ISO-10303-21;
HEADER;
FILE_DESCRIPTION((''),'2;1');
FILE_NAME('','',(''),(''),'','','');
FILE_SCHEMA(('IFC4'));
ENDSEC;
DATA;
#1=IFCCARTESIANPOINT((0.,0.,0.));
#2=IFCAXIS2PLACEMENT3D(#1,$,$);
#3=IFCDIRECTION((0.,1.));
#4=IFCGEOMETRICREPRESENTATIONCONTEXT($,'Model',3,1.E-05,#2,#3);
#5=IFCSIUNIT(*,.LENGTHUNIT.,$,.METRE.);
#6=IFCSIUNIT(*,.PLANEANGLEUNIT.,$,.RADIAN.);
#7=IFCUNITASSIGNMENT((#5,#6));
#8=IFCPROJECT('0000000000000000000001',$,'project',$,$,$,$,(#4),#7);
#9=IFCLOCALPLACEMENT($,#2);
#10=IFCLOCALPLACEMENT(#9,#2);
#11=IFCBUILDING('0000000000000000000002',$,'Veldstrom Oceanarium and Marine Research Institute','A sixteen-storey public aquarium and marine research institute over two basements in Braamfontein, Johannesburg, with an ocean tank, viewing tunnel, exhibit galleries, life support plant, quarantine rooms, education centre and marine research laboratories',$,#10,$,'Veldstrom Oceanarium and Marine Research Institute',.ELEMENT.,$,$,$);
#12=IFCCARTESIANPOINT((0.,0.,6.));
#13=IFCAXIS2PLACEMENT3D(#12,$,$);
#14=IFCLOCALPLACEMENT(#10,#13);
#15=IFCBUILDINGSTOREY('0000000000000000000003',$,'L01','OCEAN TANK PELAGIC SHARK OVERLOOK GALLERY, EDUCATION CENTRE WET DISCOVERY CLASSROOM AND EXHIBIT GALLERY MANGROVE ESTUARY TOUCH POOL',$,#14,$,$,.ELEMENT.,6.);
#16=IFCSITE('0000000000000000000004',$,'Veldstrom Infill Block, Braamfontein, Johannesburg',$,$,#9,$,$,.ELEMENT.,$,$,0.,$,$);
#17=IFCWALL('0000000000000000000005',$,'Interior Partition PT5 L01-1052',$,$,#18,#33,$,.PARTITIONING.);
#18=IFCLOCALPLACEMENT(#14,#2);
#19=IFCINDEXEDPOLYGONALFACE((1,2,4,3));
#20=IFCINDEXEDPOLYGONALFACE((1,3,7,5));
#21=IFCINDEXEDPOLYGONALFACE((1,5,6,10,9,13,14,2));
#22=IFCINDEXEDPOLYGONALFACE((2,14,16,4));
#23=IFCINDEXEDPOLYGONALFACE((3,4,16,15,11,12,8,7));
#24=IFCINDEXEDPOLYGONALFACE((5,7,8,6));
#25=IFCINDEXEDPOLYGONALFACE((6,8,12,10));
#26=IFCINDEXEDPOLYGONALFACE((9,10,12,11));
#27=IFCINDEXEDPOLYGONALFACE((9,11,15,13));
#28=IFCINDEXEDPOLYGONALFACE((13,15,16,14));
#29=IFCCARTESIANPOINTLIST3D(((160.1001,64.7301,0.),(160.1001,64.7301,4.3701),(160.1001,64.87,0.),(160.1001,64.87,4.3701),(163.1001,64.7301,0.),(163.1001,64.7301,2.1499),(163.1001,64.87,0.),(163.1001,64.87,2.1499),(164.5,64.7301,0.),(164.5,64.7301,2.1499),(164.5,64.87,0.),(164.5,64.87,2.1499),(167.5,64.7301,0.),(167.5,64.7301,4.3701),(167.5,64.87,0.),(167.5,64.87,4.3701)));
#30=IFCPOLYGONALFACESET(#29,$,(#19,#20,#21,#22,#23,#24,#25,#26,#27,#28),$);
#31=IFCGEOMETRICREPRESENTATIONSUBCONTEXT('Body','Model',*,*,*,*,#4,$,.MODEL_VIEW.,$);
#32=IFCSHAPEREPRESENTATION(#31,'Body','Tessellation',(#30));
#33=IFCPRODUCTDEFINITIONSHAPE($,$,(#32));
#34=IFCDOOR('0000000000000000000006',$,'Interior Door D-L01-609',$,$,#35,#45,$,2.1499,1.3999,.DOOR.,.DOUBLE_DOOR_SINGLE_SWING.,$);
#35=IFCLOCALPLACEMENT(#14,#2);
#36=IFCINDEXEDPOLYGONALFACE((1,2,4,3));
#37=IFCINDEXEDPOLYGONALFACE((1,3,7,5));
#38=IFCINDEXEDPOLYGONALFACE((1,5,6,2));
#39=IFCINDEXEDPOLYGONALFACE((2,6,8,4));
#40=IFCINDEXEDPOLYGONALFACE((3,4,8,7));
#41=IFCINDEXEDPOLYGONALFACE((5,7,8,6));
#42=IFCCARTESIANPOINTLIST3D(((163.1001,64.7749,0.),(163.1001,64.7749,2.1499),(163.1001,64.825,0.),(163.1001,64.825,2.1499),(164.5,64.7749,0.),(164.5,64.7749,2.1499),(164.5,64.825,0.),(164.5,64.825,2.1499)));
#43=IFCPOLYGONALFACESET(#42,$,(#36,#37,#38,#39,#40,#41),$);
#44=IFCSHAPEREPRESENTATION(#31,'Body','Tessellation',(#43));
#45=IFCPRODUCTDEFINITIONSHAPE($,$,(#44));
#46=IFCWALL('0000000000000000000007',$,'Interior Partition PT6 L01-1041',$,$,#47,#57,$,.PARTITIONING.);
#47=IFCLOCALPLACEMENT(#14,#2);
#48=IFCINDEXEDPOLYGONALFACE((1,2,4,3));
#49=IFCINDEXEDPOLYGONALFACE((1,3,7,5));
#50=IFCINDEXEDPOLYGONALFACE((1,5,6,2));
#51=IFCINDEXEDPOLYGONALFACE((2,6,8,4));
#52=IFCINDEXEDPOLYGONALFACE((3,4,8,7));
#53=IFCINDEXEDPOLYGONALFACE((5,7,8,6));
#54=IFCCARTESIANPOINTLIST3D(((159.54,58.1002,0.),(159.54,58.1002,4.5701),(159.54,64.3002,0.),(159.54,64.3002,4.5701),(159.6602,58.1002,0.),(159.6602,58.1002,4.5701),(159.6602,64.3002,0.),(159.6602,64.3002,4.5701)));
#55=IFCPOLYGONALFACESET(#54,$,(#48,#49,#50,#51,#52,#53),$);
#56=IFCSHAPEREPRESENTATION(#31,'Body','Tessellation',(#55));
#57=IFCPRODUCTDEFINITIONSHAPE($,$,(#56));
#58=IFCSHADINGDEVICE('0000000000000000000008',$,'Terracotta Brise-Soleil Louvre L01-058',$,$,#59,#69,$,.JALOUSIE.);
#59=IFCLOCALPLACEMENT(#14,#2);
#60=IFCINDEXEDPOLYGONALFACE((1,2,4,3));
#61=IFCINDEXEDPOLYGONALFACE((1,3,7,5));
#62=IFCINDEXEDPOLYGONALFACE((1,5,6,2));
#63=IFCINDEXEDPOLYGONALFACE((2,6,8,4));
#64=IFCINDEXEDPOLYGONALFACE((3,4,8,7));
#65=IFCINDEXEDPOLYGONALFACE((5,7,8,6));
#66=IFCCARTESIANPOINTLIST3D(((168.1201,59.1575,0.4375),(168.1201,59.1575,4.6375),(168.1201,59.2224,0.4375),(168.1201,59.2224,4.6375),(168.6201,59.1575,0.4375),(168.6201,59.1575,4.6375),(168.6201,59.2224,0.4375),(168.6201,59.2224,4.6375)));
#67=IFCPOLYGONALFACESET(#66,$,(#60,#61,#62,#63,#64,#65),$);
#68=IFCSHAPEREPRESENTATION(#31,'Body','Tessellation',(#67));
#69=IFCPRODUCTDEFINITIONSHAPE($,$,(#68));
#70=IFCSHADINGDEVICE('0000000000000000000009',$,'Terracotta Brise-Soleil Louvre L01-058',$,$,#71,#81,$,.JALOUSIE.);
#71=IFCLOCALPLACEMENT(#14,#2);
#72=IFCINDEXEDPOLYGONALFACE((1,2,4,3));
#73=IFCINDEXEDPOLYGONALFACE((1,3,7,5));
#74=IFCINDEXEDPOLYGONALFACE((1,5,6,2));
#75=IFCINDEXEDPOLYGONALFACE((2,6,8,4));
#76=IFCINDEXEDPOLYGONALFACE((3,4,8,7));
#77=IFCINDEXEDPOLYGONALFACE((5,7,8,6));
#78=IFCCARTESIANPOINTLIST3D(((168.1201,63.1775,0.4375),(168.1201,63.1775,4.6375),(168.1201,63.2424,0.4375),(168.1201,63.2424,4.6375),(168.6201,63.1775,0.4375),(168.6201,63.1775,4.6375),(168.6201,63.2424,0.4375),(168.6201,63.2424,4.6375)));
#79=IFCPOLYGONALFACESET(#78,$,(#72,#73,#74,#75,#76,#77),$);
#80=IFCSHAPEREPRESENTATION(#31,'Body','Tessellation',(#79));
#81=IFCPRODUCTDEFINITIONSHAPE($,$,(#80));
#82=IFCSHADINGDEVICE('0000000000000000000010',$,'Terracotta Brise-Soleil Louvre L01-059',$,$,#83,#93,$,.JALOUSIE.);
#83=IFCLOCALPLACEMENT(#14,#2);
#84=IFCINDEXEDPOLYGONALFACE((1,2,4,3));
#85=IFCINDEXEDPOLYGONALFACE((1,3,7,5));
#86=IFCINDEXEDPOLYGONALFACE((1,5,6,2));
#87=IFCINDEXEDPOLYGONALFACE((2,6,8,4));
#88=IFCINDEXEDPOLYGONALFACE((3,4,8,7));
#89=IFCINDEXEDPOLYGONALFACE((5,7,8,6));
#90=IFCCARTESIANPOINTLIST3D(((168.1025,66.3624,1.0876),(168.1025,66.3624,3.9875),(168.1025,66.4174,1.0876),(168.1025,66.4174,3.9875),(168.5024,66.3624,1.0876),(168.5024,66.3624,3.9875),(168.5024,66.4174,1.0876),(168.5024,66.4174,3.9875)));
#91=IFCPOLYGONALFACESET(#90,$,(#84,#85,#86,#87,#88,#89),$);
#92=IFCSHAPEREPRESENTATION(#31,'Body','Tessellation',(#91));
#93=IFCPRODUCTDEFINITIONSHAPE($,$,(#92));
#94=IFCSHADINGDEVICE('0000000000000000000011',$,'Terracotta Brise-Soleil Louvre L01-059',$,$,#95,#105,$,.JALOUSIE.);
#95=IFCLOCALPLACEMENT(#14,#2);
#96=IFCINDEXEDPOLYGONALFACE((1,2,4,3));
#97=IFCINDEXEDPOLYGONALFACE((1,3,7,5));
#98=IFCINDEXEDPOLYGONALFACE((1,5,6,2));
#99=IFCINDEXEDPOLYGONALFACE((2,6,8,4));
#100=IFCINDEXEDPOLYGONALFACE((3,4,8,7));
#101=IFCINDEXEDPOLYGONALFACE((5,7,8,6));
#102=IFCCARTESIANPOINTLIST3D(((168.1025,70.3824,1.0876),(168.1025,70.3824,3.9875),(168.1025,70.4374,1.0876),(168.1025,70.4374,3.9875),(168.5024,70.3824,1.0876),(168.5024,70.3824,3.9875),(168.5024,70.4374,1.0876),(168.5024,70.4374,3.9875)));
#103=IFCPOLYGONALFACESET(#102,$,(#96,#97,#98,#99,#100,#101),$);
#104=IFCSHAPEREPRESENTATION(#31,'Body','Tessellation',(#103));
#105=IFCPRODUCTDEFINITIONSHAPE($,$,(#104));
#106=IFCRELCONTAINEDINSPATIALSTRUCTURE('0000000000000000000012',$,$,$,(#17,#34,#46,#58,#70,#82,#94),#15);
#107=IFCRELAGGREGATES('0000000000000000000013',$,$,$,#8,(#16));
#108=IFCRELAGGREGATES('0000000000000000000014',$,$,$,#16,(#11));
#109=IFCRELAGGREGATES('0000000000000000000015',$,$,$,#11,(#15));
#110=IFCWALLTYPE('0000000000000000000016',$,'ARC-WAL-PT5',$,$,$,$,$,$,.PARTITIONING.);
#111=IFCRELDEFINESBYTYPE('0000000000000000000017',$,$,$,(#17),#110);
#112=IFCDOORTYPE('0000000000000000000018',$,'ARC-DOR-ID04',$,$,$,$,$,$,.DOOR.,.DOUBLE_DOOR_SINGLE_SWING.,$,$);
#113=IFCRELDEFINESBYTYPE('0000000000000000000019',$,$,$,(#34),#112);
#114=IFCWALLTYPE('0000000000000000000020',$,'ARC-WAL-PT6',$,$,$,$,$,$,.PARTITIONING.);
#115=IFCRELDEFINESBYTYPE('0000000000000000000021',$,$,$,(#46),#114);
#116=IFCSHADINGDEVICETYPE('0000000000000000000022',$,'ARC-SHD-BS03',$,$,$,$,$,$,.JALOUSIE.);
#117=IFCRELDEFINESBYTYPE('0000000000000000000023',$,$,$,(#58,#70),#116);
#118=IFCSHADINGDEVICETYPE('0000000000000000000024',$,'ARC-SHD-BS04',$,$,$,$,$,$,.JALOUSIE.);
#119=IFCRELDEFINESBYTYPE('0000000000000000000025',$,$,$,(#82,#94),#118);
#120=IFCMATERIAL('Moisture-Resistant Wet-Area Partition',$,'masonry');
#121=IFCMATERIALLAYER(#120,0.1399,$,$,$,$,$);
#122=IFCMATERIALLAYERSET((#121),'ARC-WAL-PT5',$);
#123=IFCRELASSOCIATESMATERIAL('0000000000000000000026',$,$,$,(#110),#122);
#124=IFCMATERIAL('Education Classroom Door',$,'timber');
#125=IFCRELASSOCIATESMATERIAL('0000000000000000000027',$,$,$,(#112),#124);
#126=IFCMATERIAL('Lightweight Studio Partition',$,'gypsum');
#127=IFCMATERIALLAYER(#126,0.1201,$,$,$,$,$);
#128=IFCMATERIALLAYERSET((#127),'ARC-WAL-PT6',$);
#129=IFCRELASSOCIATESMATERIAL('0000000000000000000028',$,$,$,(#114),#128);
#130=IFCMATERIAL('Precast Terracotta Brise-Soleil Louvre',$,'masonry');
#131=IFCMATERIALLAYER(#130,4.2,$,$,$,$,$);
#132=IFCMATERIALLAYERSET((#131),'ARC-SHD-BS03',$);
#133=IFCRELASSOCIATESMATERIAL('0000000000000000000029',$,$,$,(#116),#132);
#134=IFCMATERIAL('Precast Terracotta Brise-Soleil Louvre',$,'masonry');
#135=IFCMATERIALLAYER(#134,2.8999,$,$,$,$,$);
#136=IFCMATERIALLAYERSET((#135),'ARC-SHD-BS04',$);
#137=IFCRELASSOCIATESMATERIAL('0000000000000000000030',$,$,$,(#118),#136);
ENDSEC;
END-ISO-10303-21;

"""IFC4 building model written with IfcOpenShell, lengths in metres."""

from ifc_helpers import new_model, si_unit, direction, frame, frame_2d, origin, origin_2d, place, context, subcontext, project, spatial, rectangle, extrude, material, layer, layer_set, type_object, element, fill, save


model = new_model("IFC4")

# Units and contexts
model_context = context("Model", 3, precision=1e-05, world=origin(), true_north=direction((0.0, 1.0)))
body_context = subcontext(model_context, "Body", "Model", "MODEL_VIEW")
ifc_project = project(units=[si_unit("LENGTHUNIT", "METRE"), si_unit("PLANEANGLEUNIT", "RADIAN")], contexts=[model_context])

# Site, building, storey
site_placement = place(None, origin())
site = spatial("IfcSite", under=ifc_project, at=site_placement, Name="Veldstrom Infill Block, Braamfontein, Johannesburg", CompositionType="ELEMENT", RefElevation=0.0)
building_placement = place(site_placement, origin())
building = spatial("IfcBuilding", under=site, at=building_placement, Name="Veldstrom Oceanarium and Marine Research Institute", Description="A sixteen-storey public aquarium and marine research institute over two basements in Braamfontein, Johannesburg, with an ocean tank, viewing tunnel, exhibit galleries, life support plant, quarantine rooms, education centre and marine research laboratories", LongName="Veldstrom Oceanarium and Marine Research Institute", CompositionType="ELEMENT")
storey_placement = place(building_placement, frame((0.0, 0.0, 6.0)))
storey = spatial("IfcBuildingStorey", under=building, at=storey_placement, Name="L01", Description="OCEAN TANK PELAGIC SHARK OVERLOOK GALLERY, EDUCATION CENTRE WET DISCOVERY CLASSROOM AND EXHIBIT GALLERY MANGROVE ESTUARY TOUCH POOL", CompositionType="ELEMENT", Elevation=6.0)

# Wall, opening, door
ifc_material_1 = material(Name="Moisture-Resistant Wet-Area Partition", Category="masonry")
ifc_layer_1 = layer(ifc_material_1, 0.1399)
ifc_layer_set_1 = layer_set([ifc_layer_1], Name="ARC-WAL-PT5")
wall_type_1 = type_object("IfcWallType", Name="ARC-WAL-PT5", PredefinedType="PARTITIONING", material=ifc_layer_set_1)
wall_1_placement = place(storey_placement, frame((160.1001, 64.8, 0.0), z_axis=(0.0, 0.0, 1.0), x_axis=(1.0, 0.0, 0.0)))
wall_1 = element("IfcWall", 1, at=wall_1_placement, inside=storey, type_object=wall_type_1, Name="Interior Partition PT5 L01-1052", PredefinedType="PARTITIONING", context=body_context, shape_type="SweptSolid", body=[
    extrude(rectangle(XDim=7.3999, YDim=0.1399, at=frame_2d((3.7, 0.0))), origin(), (0.0, 0.0, 1.0), 4.3701),
])
opening_1_placement = place(wall_1_placement, frame((3.0, 0.0, 0.0)))
opening_1 = element("IfcOpeningElement", 2, at=opening_1_placement, cuts=wall_1, PredefinedType="OPENING", context=body_context, shape_type="SweptSolid", body=[
    extrude(rectangle(XDim=1.3999, YDim=2.1499, at=frame_2d((0.7, 1.075))), frame((0.0, 0.0798, 0.0), z_axis=(0.0, -1.0, 0.0), x_axis=(1.0, 0.0, 0.0)), (0.0, 0.0, 1.0), 0.1599),
])
ifc_material_2 = material(Name="Education Classroom Door", Category="timber")
door_type_1 = type_object("IfcDoorType", Name="ARC-DOR-ID04", OperationType="DOUBLE_DOOR_SINGLE_SWING", PredefinedType="DOOR", material=ifc_material_2)
door_1_placement = place(opening_1_placement, origin())
door_1 = element("IfcDoor", 3, at=door_1_placement, inside=storey, type_object=door_type_1, Name="Interior Door D-L01-609", OperationType="DOUBLE_DOOR_SINGLE_SWING", OverallHeight=2.1499, OverallWidth=1.3999, PredefinedType="DOOR", context=body_context, shape_type="SweptSolid", body=[
    extrude(rectangle(XDim=1.3999, YDim=2.1499, at=frame_2d((0.7, 1.075))), frame((0.0, 0.0249, 0.0), z_axis=(0.0, -1.0, 0.0), x_axis=(1.0, 0.0, 0.0)), (0.0, 0.0, 1.0), 0.05),
])
fill(opening_1, door_1)

# Wall
ifc_material_3 = material(Name="Lightweight Studio Partition", Category="gypsum")
ifc_layer_2 = layer(ifc_material_3, 0.1201)
ifc_layer_set_2 = layer_set([ifc_layer_2], Name="ARC-WAL-PT6")
wall_type_2 = type_object("IfcWallType", Name="ARC-WAL-PT6", PredefinedType="PARTITIONING", material=ifc_layer_set_2)
wall_2_placement = place(storey_placement, frame((159.6001, 58.1001, 0.0), z_axis=(0.0, 0.0, 1.0), x_axis=(0.0, 1.0, 0.0)))
element("IfcWall", 4, at=wall_2_placement, inside=storey, type_object=wall_type_2, Name="Interior Partition PT6 L01-1041", PredefinedType="PARTITIONING", context=body_context, shape_type="SweptSolid", body=[
    extrude(rectangle(XDim=6.2, YDim=0.1201, at=frame_2d((3.1001, 0.0))), origin(), (0.0, 0.0, 1.0), 4.5701),
])

# Shading devices
ifc_material_4 = material(Name="Precast Terracotta Brise-Soleil Louvre", Category="masonry")
ifc_layer_3 = layer(ifc_material_4, 4.2)
ifc_layer_set_3 = layer_set([ifc_layer_3], Name="ARC-SHD-BS03")
shading_device_type_1 = type_object("IfcShadingDeviceType", Name="ARC-SHD-BS03", PredefinedType="JALOUSIE", material=ifc_layer_set_3)
for number, where, z_axis, x_axis, name in (
    (5, (168.3701, 59.1899, 0.4375), (0.0, 0.0, 1.0), (1.0, 0.0, 0.0), "Terracotta Brise-Soleil Louvre L01-058"),
    (6, (168.3701, 63.21, 0.4375), (0.0, 0.0, 1.0), (1.0, 0.0, 0.0), "Terracotta Brise-Soleil Louvre L01-058"),
):
    element("IfcShadingDevice", number, at=place(storey_placement, frame(where, z_axis=z_axis, x_axis=x_axis)), inside=storey, type_object=shading_device_type_1, Name=name, PredefinedType="JALOUSIE", context=body_context, shape_type="SweptSolid", body=[
        extrude(rectangle(XDim=0.5, YDim=0.0649, at=origin_2d()), origin(), (0.0, 0.0, 1.0), 4.2),
    ])
ifc_material_5 = material(Name="Precast Terracotta Brise-Soleil Louvre", Category="masonry")
ifc_layer_4 = layer(ifc_material_5, 2.8999)
ifc_layer_set_4 = layer_set([ifc_layer_4], Name="ARC-SHD-BS04")
shading_device_type_2 = type_object("IfcShadingDeviceType", Name="ARC-SHD-BS04", PredefinedType="JALOUSIE", material=ifc_layer_set_4)
for number, where, z_axis, x_axis, name in (
    (7, (168.3025, 66.3899, 1.0876), (0.0, 0.0, 1.0), (1.0, 0.0, 0.0), "Terracotta Brise-Soleil Louvre L01-059"),
    (8, (168.3025, 70.4099, 1.0876), (0.0, 0.0, 1.0), (1.0, 0.0, 0.0), "Terracotta Brise-Soleil Louvre L01-059"),
):
    element("IfcShadingDevice", number, at=place(storey_placement, frame(where, z_axis=z_axis, x_axis=x_axis)), inside=storey, type_object=shading_device_type_2, Name=name, PredefinedType="JALOUSIE", context=body_context, shape_type="SweptSolid", body=[
        extrude(rectangle(XDim=0.3999, YDim=0.0549, at=origin_2d()), origin(), (0.0, 0.0, 1.0), 2.8999),
    ])

save(model, "model.ifc")
